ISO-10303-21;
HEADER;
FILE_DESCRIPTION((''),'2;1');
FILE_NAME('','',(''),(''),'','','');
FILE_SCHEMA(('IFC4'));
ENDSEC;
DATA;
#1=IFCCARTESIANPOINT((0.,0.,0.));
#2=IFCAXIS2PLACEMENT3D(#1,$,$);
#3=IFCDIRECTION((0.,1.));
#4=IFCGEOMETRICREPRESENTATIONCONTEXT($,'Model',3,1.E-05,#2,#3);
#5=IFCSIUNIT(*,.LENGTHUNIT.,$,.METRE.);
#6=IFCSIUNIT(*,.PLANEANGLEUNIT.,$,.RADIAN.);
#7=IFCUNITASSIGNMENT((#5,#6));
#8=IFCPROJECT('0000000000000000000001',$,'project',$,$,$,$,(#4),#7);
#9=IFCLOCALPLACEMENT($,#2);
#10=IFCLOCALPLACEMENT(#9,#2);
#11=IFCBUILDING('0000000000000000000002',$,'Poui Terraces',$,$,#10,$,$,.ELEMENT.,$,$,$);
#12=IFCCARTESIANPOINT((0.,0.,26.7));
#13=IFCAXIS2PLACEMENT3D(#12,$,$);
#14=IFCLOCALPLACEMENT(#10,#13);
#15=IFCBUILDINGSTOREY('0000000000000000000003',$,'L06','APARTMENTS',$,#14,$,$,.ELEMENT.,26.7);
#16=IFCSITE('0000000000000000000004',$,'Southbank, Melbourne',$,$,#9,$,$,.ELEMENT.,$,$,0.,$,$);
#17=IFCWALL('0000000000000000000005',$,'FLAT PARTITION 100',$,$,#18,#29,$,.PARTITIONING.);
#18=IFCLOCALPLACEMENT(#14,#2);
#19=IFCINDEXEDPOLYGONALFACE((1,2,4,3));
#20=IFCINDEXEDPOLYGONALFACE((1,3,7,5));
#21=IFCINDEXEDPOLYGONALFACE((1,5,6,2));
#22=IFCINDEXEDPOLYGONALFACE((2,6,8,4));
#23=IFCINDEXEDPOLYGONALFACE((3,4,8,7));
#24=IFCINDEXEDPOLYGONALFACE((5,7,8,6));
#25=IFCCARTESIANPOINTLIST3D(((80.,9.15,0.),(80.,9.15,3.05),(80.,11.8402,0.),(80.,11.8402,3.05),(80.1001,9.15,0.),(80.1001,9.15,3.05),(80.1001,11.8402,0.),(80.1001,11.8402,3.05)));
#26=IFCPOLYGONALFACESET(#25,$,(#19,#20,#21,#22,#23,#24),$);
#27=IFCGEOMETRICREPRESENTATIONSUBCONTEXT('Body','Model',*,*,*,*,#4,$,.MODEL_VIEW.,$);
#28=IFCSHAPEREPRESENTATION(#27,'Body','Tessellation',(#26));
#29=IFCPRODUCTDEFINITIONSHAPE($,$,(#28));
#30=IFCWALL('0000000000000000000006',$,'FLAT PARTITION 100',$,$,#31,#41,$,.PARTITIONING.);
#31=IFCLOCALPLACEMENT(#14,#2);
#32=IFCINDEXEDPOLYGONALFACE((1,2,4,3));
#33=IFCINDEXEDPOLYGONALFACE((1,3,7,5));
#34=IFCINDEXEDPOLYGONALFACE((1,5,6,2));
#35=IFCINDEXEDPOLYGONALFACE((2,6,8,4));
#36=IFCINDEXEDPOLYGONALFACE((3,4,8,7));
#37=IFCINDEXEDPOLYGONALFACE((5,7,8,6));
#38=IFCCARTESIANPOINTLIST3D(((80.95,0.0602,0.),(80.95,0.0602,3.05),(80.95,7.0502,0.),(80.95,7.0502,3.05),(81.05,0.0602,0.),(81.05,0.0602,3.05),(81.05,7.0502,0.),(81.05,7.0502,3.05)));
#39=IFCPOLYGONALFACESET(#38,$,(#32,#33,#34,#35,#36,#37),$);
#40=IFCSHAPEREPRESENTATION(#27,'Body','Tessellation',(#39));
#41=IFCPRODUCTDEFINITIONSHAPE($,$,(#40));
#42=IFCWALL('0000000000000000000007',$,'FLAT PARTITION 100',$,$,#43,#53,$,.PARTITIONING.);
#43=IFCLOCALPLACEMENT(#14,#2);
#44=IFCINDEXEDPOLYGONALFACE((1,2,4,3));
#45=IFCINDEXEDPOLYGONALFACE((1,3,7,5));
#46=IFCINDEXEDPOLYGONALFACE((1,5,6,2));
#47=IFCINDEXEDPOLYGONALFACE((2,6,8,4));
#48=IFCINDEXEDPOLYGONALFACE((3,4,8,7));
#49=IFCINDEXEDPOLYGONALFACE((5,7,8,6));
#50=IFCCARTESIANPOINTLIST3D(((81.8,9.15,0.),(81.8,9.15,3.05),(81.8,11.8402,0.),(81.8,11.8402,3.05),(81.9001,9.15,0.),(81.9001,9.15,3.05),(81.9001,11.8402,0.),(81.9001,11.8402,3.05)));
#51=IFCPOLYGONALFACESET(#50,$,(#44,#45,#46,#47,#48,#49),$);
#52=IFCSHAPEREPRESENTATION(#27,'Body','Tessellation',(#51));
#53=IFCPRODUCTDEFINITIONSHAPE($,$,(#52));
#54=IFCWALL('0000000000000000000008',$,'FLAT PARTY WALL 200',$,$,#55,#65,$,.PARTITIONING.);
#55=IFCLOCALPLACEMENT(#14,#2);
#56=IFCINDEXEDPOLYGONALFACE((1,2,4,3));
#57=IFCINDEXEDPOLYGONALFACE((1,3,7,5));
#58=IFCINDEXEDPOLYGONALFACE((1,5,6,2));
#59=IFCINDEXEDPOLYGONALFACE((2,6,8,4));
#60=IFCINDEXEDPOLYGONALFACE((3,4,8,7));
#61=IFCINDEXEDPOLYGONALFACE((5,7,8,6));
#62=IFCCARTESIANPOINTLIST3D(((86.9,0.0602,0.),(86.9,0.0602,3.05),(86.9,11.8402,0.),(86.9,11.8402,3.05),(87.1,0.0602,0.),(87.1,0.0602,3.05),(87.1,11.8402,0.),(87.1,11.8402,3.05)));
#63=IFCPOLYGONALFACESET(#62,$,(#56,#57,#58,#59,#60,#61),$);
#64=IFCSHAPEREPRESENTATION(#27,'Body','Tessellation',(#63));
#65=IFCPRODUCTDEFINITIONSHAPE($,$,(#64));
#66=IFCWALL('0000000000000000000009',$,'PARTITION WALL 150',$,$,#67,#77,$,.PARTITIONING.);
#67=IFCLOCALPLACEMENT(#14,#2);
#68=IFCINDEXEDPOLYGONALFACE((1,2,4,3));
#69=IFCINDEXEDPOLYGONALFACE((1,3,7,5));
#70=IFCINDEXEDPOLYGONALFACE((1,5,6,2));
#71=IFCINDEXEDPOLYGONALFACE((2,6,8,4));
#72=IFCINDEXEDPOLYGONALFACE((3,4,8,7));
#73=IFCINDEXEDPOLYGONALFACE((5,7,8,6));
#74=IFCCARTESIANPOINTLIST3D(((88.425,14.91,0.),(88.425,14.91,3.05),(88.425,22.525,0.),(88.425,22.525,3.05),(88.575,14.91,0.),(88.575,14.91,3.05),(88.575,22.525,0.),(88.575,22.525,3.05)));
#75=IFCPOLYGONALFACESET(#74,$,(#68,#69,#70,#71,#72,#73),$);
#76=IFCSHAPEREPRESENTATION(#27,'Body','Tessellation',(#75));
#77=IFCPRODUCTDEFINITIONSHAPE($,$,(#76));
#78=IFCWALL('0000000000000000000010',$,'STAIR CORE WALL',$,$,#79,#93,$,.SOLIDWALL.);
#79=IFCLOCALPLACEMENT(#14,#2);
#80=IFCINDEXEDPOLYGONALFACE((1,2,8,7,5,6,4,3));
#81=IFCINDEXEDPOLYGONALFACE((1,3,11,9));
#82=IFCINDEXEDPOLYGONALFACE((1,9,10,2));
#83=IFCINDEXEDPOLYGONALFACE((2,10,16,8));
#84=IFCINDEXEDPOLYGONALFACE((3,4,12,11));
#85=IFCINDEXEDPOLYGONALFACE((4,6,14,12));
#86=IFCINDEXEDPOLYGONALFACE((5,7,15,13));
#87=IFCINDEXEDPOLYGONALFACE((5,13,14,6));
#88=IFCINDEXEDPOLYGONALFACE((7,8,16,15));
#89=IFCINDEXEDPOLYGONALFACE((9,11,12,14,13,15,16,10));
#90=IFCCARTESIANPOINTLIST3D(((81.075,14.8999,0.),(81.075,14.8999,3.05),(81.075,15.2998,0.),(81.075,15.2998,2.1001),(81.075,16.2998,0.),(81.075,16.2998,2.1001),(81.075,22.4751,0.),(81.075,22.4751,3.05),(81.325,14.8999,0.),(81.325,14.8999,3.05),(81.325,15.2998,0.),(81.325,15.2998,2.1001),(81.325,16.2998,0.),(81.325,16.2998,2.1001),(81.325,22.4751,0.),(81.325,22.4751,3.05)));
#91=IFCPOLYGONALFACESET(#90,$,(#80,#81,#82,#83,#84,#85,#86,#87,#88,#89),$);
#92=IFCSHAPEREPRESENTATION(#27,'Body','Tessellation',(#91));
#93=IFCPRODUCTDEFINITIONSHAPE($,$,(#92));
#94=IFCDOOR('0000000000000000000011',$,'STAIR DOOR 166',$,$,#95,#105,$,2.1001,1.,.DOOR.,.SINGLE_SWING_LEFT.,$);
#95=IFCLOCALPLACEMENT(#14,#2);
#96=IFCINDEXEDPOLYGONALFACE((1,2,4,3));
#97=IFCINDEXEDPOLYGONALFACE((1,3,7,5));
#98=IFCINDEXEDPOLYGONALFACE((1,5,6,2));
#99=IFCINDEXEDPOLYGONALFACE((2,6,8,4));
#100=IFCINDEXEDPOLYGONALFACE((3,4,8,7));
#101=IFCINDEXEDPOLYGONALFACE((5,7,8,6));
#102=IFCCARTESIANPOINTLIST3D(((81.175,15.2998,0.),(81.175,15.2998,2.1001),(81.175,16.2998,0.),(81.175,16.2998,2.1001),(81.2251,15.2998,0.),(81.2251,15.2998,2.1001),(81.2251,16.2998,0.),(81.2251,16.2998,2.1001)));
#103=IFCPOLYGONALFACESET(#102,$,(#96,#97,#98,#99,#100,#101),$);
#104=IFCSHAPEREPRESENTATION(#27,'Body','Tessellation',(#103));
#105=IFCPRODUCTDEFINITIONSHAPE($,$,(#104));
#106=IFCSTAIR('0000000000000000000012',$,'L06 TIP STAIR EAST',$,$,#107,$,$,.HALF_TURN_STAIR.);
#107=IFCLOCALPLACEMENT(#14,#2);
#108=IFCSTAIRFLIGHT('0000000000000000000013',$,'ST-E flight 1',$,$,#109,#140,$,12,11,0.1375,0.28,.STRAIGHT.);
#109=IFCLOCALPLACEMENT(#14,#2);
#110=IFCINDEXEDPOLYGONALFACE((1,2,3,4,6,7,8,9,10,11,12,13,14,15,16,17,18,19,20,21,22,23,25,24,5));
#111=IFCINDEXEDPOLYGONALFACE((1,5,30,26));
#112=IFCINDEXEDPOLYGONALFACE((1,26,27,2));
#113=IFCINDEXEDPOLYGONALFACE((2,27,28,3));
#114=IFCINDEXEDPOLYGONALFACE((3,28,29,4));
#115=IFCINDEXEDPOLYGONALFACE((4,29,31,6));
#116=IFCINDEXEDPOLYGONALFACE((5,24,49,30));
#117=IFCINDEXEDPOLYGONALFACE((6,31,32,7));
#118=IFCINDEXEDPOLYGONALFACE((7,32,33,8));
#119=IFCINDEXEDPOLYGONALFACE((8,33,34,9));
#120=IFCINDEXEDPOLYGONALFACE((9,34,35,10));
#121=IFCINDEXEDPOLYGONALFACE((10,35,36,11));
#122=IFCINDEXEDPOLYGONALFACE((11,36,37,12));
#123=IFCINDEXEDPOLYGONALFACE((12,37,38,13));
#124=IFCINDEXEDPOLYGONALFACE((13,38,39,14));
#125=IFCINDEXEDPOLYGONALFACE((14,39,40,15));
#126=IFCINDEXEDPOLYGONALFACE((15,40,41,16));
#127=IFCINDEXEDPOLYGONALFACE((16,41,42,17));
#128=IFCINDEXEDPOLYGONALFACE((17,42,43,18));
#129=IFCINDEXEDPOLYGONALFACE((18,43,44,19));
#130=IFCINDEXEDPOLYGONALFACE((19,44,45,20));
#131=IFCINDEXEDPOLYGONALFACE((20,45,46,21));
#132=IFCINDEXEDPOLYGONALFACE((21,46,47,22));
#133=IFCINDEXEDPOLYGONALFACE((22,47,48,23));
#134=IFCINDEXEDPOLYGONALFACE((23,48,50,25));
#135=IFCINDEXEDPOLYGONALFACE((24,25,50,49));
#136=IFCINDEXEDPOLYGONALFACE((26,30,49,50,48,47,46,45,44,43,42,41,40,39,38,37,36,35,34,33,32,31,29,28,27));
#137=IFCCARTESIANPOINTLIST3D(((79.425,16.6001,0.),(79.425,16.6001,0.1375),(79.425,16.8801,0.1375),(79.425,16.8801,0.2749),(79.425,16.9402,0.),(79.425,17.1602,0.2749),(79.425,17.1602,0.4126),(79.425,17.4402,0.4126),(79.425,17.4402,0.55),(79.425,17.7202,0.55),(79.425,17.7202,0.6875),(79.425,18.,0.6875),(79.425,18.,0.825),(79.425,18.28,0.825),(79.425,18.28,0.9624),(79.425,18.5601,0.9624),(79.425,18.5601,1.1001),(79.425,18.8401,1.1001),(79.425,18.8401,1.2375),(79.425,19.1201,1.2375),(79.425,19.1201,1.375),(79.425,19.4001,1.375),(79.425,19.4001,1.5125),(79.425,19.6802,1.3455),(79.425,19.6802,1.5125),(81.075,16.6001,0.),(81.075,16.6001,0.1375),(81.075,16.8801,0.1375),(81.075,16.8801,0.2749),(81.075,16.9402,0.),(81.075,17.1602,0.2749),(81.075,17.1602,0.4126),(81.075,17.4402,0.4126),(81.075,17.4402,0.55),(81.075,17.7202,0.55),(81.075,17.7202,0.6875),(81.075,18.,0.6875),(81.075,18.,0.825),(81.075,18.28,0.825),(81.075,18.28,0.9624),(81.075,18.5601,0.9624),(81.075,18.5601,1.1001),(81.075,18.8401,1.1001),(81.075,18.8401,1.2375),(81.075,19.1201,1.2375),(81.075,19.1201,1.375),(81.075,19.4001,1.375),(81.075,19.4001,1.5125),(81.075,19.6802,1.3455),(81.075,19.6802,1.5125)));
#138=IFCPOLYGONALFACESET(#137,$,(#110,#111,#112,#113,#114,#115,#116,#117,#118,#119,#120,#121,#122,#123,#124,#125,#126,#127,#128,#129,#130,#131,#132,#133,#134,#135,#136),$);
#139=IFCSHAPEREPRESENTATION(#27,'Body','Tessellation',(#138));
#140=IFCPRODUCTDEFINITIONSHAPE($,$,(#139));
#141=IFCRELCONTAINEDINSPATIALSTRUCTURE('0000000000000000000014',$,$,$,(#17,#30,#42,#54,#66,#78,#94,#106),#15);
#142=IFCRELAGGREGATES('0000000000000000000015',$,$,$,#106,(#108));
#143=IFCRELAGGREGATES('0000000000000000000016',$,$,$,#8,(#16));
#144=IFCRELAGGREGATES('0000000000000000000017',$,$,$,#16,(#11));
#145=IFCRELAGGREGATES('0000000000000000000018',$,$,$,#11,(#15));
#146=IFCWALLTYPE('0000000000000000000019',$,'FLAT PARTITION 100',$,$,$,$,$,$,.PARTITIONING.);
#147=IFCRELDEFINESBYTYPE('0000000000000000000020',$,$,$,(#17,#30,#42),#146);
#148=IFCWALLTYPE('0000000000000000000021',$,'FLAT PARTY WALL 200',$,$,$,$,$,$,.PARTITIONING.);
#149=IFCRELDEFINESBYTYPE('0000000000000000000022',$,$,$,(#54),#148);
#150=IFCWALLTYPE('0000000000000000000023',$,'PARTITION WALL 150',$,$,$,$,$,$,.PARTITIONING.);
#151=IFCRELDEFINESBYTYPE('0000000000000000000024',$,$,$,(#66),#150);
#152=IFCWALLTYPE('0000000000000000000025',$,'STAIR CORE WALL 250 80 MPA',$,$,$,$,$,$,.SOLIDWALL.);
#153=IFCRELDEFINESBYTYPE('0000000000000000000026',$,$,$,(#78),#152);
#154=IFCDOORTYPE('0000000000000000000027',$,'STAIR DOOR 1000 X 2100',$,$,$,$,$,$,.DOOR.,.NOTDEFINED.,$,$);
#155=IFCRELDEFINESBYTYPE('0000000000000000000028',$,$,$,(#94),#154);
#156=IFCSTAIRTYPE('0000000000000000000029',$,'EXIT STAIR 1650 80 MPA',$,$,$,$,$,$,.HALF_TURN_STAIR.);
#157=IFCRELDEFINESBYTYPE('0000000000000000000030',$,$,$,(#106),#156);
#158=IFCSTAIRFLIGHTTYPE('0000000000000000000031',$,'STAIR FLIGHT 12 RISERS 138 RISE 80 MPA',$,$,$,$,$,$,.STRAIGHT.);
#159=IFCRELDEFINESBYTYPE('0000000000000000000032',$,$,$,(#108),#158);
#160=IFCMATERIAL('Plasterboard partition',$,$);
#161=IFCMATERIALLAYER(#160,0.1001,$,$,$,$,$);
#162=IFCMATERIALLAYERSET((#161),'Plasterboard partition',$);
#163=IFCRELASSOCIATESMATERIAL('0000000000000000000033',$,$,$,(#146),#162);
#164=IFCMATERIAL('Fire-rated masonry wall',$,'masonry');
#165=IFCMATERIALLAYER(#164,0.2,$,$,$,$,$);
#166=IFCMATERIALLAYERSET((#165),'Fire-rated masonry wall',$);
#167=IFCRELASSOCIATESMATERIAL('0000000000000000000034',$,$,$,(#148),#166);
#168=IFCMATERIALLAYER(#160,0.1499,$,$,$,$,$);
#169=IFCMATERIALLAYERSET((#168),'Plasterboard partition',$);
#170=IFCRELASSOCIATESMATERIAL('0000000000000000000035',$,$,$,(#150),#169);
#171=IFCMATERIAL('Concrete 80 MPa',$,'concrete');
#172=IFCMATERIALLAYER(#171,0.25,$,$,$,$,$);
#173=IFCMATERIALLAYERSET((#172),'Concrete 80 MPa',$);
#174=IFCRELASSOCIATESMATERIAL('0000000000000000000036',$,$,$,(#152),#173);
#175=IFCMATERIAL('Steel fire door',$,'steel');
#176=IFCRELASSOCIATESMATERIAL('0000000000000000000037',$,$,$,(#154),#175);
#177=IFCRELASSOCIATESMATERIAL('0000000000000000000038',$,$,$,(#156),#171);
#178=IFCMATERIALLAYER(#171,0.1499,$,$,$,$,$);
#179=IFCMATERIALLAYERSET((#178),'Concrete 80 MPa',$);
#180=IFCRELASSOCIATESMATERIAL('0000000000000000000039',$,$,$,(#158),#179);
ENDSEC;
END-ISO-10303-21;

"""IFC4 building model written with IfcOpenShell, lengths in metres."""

from ifc_helpers import new_model, si_unit, direction, frame, frame_2d, origin, place, context, subcontext, project, spatial, polyline, rectangle, outline, extrude, material, layer, layer_set, type_object, element, fill, aggregate, save


model = new_model("IFC4")

# Units and contexts
model_context = context("Model", 3, precision=1e-05, world=origin(), true_north=direction((0.0, 1.0)))
body_context = subcontext(model_context, "Body", "Model", "MODEL_VIEW")
ifc_project = project(units=[si_unit("LENGTHUNIT", "METRE"), si_unit("PLANEANGLEUNIT", "RADIAN")], contexts=[model_context])

# Site, building, storey
site_placement = place(None, origin())
site = spatial("IfcSite", under=ifc_project, at=site_placement, Name="Southbank, Melbourne", CompositionType="ELEMENT", RefElevation=0.0)
building_placement = place(site_placement, origin())
building = spatial("IfcBuilding", under=site, at=building_placement, Name="Poui Terraces", CompositionType="ELEMENT")
storey_placement = place(building_placement, frame((0.0, 0.0, 26.7)))
storey = spatial("IfcBuildingStorey", under=building, at=storey_placement, Name="L06", Description="APARTMENTS", CompositionType="ELEMENT", Elevation=26.7)

# Shared definitions
ifc_material_1 = material(Name="Concrete 80 MPa", Category="concrete")

# Shared definitions
ifc_material_2 = material(Name="Plasterboard partition")
ifc_layer_1 = layer(ifc_material_2, 0.1001)
ifc_layer_set_1 = layer_set([ifc_layer_1], Name="Plasterboard partition")
wall_type_1 = type_object("IfcWallType", Name="FLAT PARTITION 100", PredefinedType="PARTITIONING", material=ifc_layer_set_1)

# Walls
wall_1_placement = place(storey_placement, frame((80.05, 9.1499, 0.0), z_axis=(0.0, 0.0, 1.0), x_axis=(0.0, 1.0, 0.0)))
element("IfcWall", 1, at=wall_1_placement, inside=storey, type_object=wall_type_1, Name="FLAT PARTITION 100", PredefinedType="PARTITIONING", context=body_context, shape_type="SweptSolid", body=[
    extrude(rectangle(XDim=2.6902, YDim=0.1001, at=frame_2d((1.3452, 0.0))), origin(), (0.0, 0.0, 1.0), 3.05),
])
wall_2_placement = place(storey_placement, frame((81.0, 0.0601, 0.0), z_axis=(0.0, 0.0, 1.0), x_axis=(0.0, 1.0, 0.0)))
element("IfcWall", 2, at=wall_2_placement, inside=storey, type_object=wall_type_1, Name="FLAT PARTITION 100", PredefinedType="PARTITIONING", context=body_context, shape_type="SweptSolid", body=[
    extrude(rectangle(XDim=6.99, YDim=0.1001, at=frame_2d((3.4951, 0.0))), origin(), (0.0, 0.0, 1.0), 3.05),
])
wall_3_placement = place(storey_placement, frame((81.8501, 9.1499, 0.0), z_axis=(0.0, 0.0, 1.0), x_axis=(0.0, 1.0, 0.0)))
element("IfcWall", 3, at=wall_3_placement, inside=storey, type_object=wall_type_1, Name="FLAT PARTITION 100", PredefinedType="PARTITIONING", context=body_context, shape_type="SweptSolid", body=[
    extrude(rectangle(XDim=2.6902, YDim=0.1001, at=frame_2d((1.3452, 0.0))), origin(), (0.0, 0.0, 1.0), 3.05),
])
ifc_material_3 = material(Name="Fire-rated masonry wall", Category="masonry")
ifc_layer_2 = layer(ifc_material_3, 0.2)
ifc_layer_set_2 = layer_set([ifc_layer_2], Name="Fire-rated masonry wall")
wall_type_2 = type_object("IfcWallType", Name="FLAT PARTY WALL 200", PredefinedType="PARTITIONING", material=ifc_layer_set_2)
wall_4_placement = place(storey_placement, frame((87.0, 0.0601, 0.0), z_axis=(0.0, 0.0, 1.0), x_axis=(0.0, 1.0, 0.0)))
element("IfcWall", 4, at=wall_4_placement, inside=storey, type_object=wall_type_2, Name="FLAT PARTY WALL 200", PredefinedType="PARTITIONING", context=body_context, shape_type="SweptSolid", body=[
    extrude(rectangle(XDim=11.78, YDim=0.2, at=frame_2d((5.8901, 0.0))), origin(), (0.0, 0.0, 1.0), 3.05),
])
ifc_layer_3 = layer(ifc_material_2, 0.1499)
ifc_layer_set_3 = layer_set([ifc_layer_3], Name="Plasterboard partition")
wall_type_3 = type_object("IfcWallType", Name="PARTITION WALL 150", PredefinedType="PARTITIONING", material=ifc_layer_set_3)
wall_5_placement = place(storey_placement, frame((88.5, 14.9099, 0.0), z_axis=(0.0, 0.0, 1.0), x_axis=(0.0, 1.0, 0.0)))
element("IfcWall", 5, at=wall_5_placement, inside=storey, type_object=wall_type_3, Name="PARTITION WALL 150", PredefinedType="PARTITIONING", context=body_context, shape_type="SweptSolid", body=[
    extrude(rectangle(XDim=7.615, YDim=0.1499, at=frame_2d((3.8076, 0.0))), origin(), (0.0, 0.0, 1.0), 3.05),
])

# Wall, opening, door
ifc_layer_4 = layer(ifc_material_1, 0.25)
ifc_layer_set_4 = layer_set([ifc_layer_4], Name="Concrete 80 MPa")
wall_type_4 = type_object("IfcWallType", Name="STAIR CORE WALL 250 80 MPA", PredefinedType="SOLIDWALL", material=ifc_layer_set_4)
wall_6_placement = place(storey_placement, frame((81.2, 14.8999, 0.0), z_axis=(0.0, 0.0, 1.0), x_axis=(0.0, 1.0, 0.0)))
wall_6 = element("IfcWall", 6, at=wall_6_placement, inside=storey, type_object=wall_type_4, Name="STAIR CORE WALL", PredefinedType="SOLIDWALL", context=body_context, shape_type="SweptSolid", body=[
    extrude(rectangle(XDim=7.5752, YDim=0.25, at=frame_2d((3.7876, 0.0))), origin(), (0.0, 0.0, 1.0), 3.05),
])
opening_1_placement = place(wall_6_placement, frame((0.3999, 0.0, 0.0)))
opening_1 = element("IfcOpeningElement", 7, at=opening_1_placement, cuts=wall_6, PredefinedType="OPENING", context=body_context, shape_type="SweptSolid", body=[
    extrude(rectangle(XDim=1.0, YDim=2.1001, at=frame_2d((0.5, 1.05))), frame((0.0, 0.135, 0.0), z_axis=(0.0, -1.0, 0.0), x_axis=(1.0, 0.0, 0.0)), (0.0, 0.0, 1.0), 0.27),
])
ifc_material_4 = material(Name="Steel fire door", Category="steel")
door_type_1 = type_object("IfcDoorType", Name="STAIR DOOR 1000 X 2100", OperationType="NOTDEFINED", PredefinedType="DOOR", material=ifc_material_4)
door_1_placement = place(opening_1_placement, origin())
door_1 = element("IfcDoor", 8, at=door_1_placement, inside=storey, type_object=door_type_1, Name="STAIR DOOR 166", OperationType="SINGLE_SWING_LEFT", OverallHeight=2.1001, OverallWidth=1.0, PredefinedType="DOOR", context=body_context, shape_type="SweptSolid", body=[
    extrude(rectangle(XDim=1.0, YDim=2.1001, at=frame_2d((0.5, 1.05))), frame((0.0, 0.0249, 0.0), z_axis=(0.0, -1.0, 0.0), x_axis=(1.0, 0.0, 0.0)), (0.0, 0.0, 1.0), 0.05),
])
fill(opening_1, door_1)

# Stair, stair flight
stair_type = type_object("IfcStairType", Name="EXIT STAIR 1650 80 MPA", PredefinedType="HALF_TURN_STAIR", material=ifc_material_1)
stair_placement = place(storey_placement, origin())
stair = element("IfcStair", 9, at=stair_placement, inside=storey, type_object=stair_type, Name="L06 TIP STAIR EAST", PredefinedType="HALF_TURN_STAIR")
ifc_layer_5 = layer(ifc_material_1, 0.1499)
ifc_layer_set_5 = layer_set([ifc_layer_5], Name="Concrete 80 MPa")
stair_flight_type = type_object("IfcStairFlightType", Name="STAIR FLIGHT 12 RISERS 138 RISE 80 MPA", PredefinedType="STRAIGHT", material=ifc_layer_set_5)
stair_flight_placement = place(storey_placement, frame((80.25, 16.6001, 0.0), z_axis=(0.0, 0.0, 1.0), x_axis=(0.0, 1.0, 0.0)))
stair_flight = element("IfcStairFlight", 10, at=stair_flight_placement, type_object=stair_flight_type, Name="ST-E flight 1", NumberOfRisers=12, NumberOfTreads=11, PredefinedType="STRAIGHT", RiserHeight=0.1375, TreadLength=0.28, context=body_context, shape_type="SweptSolid", body=[
    extrude(outline(polyline([(0.0, 0.0), (0.0, 0.1375), (0.28, 0.1375), (0.28, 0.2749), (0.5601, 0.2749), (0.5601, 0.4126), (0.8401, 0.4126), (0.8401, 0.55), (1.1201, 0.55), (1.1201, 0.6875), (1.3999, 0.6875), (1.3999, 0.825), (1.6799, 0.825), (1.6799, 0.9624), (1.96, 0.9624), (1.96, 1.1001), (2.24, 1.1001), (2.24, 1.2375), (2.52, 1.2375), (2.52, 1.375), (2.8, 1.375), (2.8, 1.5125), (3.0801, 1.5125), (3.0801, 1.6499), (3.0801, 1.3455), (0.3401, 0.0), (0.0, 0.0)])), frame((0.0, 0.825, 0.0), z_axis=(0.0, -1.0, 0.0), x_axis=(1.0, 0.0, 0.0)), (0.0, 0.0, 1.0), 1.6499),
])
aggregate(stair, [stair_flight])

save(model, "model.ifc")
